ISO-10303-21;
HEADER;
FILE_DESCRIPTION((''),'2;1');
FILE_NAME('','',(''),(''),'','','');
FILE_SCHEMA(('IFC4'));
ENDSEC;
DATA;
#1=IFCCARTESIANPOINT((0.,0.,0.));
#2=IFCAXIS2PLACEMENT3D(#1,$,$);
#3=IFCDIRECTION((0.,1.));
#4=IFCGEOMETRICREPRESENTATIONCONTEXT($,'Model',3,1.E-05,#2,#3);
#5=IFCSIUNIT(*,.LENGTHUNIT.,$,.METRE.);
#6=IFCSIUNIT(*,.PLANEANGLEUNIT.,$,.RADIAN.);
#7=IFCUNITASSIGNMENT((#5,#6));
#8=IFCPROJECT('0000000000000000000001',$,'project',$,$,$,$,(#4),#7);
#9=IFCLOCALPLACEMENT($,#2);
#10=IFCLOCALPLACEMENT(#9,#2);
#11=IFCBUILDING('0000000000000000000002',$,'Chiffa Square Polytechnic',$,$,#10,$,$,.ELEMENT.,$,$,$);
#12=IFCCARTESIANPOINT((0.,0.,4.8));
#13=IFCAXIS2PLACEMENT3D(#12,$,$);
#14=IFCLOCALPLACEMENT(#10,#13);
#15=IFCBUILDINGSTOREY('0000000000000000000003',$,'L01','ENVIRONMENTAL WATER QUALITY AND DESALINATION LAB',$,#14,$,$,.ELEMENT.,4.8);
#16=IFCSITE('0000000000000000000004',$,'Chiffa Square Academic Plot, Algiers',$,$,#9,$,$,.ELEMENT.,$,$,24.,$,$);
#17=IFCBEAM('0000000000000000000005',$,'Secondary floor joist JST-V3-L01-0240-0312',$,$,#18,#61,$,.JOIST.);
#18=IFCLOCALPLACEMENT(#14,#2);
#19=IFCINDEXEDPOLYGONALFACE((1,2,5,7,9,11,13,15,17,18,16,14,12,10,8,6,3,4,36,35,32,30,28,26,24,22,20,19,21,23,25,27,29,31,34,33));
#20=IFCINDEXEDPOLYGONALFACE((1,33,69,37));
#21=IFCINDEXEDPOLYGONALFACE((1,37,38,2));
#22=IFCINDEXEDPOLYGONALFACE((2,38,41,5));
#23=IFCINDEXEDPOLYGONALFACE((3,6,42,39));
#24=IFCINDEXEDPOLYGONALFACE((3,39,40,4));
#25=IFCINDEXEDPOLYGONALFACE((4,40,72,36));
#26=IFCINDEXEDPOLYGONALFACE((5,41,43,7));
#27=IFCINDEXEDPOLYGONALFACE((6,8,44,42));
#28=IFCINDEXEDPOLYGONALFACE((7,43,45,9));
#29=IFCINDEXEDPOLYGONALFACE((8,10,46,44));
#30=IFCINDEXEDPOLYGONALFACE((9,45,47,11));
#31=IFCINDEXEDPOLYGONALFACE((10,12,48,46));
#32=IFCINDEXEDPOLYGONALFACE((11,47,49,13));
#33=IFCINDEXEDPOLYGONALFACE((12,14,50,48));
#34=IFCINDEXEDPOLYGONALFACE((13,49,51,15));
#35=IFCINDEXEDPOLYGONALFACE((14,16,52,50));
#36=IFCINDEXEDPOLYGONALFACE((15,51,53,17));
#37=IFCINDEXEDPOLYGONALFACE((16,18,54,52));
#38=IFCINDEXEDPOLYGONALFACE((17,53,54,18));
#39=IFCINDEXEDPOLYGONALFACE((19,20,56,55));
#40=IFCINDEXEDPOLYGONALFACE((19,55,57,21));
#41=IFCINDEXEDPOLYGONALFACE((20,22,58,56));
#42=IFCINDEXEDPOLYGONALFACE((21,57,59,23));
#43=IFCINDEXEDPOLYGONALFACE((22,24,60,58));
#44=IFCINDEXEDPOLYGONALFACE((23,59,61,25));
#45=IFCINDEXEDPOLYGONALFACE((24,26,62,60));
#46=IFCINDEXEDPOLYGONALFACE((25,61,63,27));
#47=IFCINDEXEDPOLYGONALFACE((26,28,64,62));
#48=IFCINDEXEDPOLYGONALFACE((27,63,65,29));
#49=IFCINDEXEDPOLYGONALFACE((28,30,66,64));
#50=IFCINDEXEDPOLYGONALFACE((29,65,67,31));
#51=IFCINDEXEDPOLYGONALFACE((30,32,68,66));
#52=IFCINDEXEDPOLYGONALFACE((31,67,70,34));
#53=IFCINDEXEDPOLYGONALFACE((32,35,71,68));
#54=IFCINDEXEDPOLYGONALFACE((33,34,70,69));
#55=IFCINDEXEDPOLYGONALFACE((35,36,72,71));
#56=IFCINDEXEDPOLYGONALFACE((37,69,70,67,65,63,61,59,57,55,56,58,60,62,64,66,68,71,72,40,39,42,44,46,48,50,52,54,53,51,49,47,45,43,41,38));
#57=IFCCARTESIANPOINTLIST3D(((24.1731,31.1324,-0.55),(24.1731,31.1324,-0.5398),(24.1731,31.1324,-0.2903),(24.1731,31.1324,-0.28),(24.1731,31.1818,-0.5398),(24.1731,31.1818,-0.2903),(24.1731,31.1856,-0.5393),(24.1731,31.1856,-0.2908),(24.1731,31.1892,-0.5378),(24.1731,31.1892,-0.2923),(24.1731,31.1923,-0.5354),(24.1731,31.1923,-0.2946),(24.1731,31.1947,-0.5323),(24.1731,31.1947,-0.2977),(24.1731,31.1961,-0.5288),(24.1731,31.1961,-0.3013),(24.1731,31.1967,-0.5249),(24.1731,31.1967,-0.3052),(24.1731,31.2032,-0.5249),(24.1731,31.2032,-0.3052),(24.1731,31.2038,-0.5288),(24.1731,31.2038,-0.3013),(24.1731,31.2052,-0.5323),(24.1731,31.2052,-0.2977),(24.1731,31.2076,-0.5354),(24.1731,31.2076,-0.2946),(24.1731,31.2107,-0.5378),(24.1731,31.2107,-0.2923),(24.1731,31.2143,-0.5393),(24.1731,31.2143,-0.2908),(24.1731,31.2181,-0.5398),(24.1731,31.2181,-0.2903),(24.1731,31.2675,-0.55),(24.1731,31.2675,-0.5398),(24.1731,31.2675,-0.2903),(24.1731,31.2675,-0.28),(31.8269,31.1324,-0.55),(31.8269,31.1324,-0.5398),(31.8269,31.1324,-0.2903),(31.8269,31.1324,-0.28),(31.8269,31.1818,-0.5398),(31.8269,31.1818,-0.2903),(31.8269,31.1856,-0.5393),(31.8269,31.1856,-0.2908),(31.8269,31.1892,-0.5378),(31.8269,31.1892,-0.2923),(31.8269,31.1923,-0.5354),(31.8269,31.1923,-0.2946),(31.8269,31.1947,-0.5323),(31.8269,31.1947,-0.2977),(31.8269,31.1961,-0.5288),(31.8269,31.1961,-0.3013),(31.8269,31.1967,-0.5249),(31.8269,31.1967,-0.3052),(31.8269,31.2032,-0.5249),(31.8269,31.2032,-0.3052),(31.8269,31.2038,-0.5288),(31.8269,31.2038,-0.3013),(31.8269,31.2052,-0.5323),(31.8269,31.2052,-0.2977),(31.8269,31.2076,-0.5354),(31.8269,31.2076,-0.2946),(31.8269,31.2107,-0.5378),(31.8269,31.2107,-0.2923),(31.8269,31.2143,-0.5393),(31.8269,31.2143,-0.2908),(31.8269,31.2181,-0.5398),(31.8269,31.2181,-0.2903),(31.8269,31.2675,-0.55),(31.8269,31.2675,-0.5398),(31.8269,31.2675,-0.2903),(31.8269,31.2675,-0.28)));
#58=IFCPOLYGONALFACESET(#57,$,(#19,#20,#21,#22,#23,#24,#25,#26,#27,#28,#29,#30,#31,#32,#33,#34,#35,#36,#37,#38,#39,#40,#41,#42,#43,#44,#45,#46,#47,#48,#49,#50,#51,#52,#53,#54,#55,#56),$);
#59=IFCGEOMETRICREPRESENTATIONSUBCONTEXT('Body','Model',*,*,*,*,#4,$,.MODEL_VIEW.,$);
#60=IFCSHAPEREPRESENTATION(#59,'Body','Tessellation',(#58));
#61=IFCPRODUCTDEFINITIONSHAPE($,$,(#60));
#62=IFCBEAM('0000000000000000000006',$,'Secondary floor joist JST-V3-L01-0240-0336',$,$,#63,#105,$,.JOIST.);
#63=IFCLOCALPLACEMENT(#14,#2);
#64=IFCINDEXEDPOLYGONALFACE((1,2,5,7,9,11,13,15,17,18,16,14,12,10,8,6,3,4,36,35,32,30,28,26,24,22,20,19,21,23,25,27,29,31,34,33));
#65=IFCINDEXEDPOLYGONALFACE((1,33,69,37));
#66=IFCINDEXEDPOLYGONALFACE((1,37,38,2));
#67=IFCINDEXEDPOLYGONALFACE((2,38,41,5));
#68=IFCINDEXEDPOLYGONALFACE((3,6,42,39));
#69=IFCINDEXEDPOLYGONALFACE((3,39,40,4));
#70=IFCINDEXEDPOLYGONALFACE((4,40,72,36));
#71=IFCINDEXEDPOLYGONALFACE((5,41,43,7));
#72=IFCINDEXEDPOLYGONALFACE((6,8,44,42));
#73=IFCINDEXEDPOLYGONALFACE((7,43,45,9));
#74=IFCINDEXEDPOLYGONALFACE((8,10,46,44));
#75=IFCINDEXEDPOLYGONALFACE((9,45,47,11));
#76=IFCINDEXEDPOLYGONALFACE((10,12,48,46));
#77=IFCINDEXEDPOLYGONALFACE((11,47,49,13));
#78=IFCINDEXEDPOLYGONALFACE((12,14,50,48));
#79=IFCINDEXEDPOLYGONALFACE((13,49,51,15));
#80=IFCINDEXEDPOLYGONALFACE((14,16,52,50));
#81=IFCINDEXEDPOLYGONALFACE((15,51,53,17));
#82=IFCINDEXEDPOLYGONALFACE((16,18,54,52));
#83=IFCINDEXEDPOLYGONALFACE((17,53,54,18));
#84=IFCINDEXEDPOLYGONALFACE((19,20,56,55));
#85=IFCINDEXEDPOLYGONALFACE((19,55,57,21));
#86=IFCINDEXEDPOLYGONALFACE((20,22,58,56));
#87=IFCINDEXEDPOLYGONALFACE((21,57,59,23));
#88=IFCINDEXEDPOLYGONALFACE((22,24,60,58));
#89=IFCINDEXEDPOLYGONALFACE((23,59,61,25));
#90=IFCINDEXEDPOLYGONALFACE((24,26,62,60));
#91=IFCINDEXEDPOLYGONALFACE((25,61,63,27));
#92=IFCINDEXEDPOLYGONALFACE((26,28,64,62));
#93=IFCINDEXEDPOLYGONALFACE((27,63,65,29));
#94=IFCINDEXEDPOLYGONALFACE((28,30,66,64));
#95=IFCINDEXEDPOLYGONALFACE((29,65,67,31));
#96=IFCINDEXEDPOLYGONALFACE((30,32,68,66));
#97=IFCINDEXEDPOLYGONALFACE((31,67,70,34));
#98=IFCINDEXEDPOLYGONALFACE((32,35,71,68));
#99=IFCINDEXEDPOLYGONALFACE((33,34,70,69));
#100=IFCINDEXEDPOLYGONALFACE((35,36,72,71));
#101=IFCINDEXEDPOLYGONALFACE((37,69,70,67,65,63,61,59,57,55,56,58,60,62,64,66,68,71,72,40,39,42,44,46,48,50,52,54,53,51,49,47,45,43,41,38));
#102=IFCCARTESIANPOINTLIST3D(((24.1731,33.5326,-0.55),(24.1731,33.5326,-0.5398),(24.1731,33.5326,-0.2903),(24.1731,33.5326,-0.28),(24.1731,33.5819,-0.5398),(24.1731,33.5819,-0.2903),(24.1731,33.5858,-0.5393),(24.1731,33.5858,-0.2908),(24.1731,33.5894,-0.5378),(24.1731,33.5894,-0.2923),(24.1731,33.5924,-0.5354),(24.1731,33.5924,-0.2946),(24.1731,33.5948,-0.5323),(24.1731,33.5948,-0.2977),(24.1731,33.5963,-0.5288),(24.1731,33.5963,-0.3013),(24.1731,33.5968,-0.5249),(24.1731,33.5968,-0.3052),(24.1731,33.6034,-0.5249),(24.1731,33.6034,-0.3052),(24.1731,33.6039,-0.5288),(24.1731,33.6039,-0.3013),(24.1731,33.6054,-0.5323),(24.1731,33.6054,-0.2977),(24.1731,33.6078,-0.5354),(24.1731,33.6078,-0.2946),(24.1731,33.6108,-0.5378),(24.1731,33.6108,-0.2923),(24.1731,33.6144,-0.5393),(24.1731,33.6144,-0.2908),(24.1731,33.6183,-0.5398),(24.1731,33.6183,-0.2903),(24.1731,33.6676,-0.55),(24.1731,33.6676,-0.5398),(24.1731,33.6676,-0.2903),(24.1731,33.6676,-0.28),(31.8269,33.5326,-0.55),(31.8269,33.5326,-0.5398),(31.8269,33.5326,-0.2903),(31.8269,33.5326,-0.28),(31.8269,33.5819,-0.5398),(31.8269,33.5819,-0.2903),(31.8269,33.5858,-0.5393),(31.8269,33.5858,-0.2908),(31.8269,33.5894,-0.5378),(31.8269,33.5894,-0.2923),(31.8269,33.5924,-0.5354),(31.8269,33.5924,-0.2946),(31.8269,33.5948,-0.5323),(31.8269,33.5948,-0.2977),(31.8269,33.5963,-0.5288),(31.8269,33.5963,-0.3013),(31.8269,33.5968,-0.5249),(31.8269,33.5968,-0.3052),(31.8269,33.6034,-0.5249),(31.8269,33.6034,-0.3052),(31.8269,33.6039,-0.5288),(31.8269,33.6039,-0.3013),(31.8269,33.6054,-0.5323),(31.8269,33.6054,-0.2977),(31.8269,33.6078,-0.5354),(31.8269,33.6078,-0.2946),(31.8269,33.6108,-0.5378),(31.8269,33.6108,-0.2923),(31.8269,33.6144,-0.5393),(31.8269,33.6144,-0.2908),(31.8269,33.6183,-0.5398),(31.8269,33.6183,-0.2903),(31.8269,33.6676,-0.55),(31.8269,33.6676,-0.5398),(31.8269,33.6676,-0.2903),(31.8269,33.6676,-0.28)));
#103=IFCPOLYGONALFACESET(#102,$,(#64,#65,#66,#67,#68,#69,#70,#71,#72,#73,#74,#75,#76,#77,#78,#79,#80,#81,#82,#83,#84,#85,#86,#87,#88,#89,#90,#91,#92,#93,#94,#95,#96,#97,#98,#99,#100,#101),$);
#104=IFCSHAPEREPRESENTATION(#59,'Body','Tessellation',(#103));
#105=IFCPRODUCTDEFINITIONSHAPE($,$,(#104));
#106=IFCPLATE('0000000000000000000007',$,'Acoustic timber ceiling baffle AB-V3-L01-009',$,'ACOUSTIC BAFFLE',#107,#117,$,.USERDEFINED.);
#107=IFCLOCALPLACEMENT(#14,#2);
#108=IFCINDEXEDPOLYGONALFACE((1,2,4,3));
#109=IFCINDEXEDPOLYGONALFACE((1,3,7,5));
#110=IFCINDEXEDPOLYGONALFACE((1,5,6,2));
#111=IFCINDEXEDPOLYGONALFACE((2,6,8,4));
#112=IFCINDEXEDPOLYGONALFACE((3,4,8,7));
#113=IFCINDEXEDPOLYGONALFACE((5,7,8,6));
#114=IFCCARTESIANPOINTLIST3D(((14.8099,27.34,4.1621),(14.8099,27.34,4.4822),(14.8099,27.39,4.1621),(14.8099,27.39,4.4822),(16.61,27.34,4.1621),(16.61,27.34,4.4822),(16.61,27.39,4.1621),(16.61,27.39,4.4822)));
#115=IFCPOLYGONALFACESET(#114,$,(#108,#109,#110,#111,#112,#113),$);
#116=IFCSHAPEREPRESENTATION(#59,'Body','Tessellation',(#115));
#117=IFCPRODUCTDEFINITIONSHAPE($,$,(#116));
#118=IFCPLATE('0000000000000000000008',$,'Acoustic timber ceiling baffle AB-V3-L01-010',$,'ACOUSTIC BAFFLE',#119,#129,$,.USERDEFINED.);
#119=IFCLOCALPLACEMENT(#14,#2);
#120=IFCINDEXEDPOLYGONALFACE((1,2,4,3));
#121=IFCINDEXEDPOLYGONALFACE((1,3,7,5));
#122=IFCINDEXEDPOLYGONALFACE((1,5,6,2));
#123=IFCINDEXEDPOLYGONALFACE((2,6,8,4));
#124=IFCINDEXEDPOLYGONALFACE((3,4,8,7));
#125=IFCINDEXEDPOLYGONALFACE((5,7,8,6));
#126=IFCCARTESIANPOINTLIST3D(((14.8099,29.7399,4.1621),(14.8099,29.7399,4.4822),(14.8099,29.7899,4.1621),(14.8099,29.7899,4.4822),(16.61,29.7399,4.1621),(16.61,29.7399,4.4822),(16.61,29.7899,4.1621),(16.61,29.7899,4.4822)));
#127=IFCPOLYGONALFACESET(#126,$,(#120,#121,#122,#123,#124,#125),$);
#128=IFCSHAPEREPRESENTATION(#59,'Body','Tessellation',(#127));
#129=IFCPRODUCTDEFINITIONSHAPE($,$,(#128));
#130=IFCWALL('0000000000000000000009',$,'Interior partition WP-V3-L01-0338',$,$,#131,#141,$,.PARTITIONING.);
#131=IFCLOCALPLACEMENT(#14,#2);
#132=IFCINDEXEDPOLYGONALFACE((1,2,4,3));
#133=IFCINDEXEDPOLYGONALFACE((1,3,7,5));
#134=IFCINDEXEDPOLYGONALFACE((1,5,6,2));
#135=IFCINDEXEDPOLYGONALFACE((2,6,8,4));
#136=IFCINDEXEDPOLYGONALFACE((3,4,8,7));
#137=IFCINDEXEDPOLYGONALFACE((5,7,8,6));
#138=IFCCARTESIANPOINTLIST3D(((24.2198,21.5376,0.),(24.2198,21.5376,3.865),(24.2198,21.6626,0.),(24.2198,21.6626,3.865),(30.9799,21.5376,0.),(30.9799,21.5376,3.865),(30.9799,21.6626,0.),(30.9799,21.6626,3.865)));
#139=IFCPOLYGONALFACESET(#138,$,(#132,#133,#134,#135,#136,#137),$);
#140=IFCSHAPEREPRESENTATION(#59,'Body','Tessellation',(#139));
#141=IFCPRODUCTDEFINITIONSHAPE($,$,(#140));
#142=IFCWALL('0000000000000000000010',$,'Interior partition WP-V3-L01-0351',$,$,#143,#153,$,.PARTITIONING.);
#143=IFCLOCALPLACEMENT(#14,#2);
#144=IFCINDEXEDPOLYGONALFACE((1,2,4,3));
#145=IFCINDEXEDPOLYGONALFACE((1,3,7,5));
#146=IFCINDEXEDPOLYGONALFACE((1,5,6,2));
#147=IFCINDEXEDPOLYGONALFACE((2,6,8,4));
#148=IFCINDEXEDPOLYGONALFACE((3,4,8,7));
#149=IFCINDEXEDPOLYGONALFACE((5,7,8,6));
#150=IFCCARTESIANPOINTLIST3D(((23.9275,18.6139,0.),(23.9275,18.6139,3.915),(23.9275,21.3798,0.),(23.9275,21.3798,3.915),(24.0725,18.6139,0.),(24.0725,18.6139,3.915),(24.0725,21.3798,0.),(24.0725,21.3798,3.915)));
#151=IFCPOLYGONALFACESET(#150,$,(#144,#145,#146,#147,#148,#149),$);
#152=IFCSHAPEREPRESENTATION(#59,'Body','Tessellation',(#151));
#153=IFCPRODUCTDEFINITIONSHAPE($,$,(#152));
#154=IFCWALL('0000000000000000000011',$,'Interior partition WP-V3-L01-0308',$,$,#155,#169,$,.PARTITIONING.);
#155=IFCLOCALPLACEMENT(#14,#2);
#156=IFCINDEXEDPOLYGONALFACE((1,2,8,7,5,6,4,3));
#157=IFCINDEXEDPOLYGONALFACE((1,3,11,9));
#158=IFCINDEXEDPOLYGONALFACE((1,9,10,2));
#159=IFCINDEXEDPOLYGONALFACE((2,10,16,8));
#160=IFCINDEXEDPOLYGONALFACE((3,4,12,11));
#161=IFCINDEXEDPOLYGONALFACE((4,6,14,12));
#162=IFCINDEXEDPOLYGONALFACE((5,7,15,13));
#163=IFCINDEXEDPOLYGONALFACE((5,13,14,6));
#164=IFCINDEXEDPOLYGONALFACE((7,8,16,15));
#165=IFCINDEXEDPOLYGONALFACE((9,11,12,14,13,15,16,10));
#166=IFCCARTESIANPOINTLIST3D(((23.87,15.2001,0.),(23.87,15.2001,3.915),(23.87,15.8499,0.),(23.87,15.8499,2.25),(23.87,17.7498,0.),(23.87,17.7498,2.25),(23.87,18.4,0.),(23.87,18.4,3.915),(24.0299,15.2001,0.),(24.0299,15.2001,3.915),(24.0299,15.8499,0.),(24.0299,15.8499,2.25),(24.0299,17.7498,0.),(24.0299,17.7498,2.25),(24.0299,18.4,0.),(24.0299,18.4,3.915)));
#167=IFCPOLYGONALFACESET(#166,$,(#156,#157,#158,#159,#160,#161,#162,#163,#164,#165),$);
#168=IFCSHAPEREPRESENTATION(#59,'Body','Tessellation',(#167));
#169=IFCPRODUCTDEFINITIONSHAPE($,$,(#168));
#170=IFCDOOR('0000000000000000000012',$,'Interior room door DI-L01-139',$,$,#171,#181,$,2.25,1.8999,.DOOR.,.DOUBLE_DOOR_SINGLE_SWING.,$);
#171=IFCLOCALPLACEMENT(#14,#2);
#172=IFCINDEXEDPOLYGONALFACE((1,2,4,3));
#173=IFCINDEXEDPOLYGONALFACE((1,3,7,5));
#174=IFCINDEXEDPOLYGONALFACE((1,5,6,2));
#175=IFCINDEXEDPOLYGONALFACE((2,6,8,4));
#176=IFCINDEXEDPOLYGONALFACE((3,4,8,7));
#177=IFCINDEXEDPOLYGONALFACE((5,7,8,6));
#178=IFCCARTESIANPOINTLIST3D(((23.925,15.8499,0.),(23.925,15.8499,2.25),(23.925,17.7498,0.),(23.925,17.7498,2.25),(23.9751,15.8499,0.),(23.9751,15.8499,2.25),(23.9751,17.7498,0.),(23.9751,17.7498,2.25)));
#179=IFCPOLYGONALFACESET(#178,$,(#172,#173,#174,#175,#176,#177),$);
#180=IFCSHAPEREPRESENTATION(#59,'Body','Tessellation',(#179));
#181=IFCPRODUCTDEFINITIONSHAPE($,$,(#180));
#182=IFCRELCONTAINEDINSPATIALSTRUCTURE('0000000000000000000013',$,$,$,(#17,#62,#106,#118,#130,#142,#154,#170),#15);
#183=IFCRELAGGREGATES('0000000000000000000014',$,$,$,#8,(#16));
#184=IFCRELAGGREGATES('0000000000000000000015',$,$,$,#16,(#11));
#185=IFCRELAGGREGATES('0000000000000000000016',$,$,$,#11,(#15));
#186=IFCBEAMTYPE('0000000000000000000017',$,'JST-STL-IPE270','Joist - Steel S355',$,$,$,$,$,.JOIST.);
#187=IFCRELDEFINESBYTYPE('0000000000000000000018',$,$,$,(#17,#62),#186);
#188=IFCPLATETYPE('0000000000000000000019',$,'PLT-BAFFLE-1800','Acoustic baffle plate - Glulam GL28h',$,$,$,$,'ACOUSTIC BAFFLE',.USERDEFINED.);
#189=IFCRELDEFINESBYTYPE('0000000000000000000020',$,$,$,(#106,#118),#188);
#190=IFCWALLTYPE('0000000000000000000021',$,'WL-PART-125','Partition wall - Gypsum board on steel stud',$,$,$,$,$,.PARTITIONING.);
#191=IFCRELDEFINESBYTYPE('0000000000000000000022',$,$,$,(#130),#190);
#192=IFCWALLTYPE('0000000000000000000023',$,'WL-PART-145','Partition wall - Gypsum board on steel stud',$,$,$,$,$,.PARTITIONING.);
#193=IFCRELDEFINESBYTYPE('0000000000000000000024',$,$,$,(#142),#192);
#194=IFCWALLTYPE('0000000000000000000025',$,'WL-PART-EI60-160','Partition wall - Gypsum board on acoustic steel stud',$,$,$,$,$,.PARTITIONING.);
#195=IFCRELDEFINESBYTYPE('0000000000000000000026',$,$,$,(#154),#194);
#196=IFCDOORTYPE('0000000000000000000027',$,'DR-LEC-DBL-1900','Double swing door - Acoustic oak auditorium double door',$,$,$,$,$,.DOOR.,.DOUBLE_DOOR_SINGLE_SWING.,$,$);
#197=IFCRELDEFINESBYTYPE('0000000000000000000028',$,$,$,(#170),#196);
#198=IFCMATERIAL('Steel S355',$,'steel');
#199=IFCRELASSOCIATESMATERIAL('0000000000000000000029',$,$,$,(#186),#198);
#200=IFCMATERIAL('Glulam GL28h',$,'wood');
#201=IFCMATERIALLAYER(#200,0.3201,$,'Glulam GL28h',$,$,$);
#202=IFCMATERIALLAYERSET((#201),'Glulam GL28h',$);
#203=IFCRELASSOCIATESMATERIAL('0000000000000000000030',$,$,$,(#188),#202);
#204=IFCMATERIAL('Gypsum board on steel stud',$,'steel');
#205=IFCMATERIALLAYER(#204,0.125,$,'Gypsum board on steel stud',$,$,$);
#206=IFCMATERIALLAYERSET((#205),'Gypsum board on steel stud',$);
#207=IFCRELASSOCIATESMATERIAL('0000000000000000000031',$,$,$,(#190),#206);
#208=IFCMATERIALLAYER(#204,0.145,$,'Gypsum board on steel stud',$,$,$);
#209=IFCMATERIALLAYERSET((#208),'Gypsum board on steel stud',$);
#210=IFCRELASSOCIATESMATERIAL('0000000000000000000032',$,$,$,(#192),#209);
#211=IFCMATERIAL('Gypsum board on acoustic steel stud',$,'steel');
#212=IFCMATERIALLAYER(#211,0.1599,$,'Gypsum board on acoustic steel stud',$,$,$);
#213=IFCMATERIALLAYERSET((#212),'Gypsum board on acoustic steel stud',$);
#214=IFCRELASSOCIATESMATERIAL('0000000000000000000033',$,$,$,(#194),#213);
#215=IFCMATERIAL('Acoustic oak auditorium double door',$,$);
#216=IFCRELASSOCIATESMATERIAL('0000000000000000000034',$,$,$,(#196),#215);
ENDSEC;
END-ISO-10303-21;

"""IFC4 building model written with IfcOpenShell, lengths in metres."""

from ifc_helpers import new_model, si_unit, direction, frame, frame_2d, origin, origin_2d, place, context, subcontext, project, spatial, rectangle, i_section, extrude, material, layer, layer_set, material_profile, profile_set, type_object, element, fill, save


model = new_model("IFC4")

# Units and contexts
model_context = context("Model", 3, precision=1e-05, world=origin(), true_north=direction((0.0, 1.0)))
body_context = subcontext(model_context, "Body", "Model", "MODEL_VIEW")
ifc_project = project(units=[si_unit("LENGTHUNIT", "METRE"), si_unit("PLANEANGLEUNIT", "RADIAN")], contexts=[model_context])

# Site, building, storey
site_placement = place(None, origin())
site = spatial("IfcSite", under=ifc_project, at=site_placement, Name="Chiffa Square Academic Plot, Algiers", CompositionType="ELEMENT", RefElevation=24.0)
building_placement = place(site_placement, origin())
building = spatial("IfcBuilding", under=site, at=building_placement, Name="Chiffa Square Polytechnic", CompositionType="ELEMENT")
storey_placement = place(building_placement, frame((0.0, 0.0, 4.8)))
storey = spatial("IfcBuildingStorey", under=building, at=storey_placement, Name="L01", Description="ENVIRONMENTAL WATER QUALITY AND DESALINATION LAB", CompositionType="ELEMENT", Elevation=4.8)

# Beams
ifc_material_1 = material(Name="Glulam GL28h", Category="wood")
ifc_material_2 = material(Name="Steel S355", Category="steel")
ifc_material_profile_1 = material_profile(ifc_material_2, i_section(OverallWidth=0.135, OverallDepth=0.27, WebThickness=0.0066, FlangeThickness=0.0103, FilletRadius=0.0149, at=origin_2d()), Name="IPE 270")
ifc_profile_set_1 = profile_set([ifc_material_profile_1], Name="Steel S355")
beam_type_1 = type_object("IfcBeamType", Name="JST-STL-IPE270", Description="Joist - Steel S355", PredefinedType="JOIST", material=ifc_profile_set_1)
for number, where, z_axis, x_axis, name in (
    (1, (24.1731, 31.2, -0.415), (1.0, 0.0, 0.0), (0.0, 1.0, 0.0), "Secondary floor joist JST-V3-L01-0240-0312"),
    (2, (24.1731, 33.6001, -0.415), (1.0, 0.0, 0.0), (0.0, 1.0, 0.0), "Secondary floor joist JST-V3-L01-0240-0336"),
):
    element("IfcBeam", number, at=place(storey_placement, frame(where, z_axis=z_axis, x_axis=x_axis)), inside=storey, type_object=beam_type_1, Name=name, PredefinedType="JOIST", context=body_context, shape_type="SweptSolid", body=[
        extrude(i_section(OverallWidth=0.135, OverallDepth=0.27, WebThickness=0.0066, FlangeThickness=0.0103, FilletRadius=0.0149, at=origin_2d()), origin(), (0.0, 0.0, 1.0), 7.6538),
    ])

# Plates
ifc_layer_1 = layer(ifc_material_1, 0.3201, Name="Glulam GL28h")
ifc_layer_set_1 = layer_set([ifc_layer_1], Name="Glulam GL28h")
plate_type = type_object("IfcPlateType", Name="PLT-BAFFLE-1800", Description="Acoustic baffle plate - Glulam GL28h", ElementType="ACOUSTIC BAFFLE", PredefinedType="USERDEFINED", material=ifc_layer_set_1)
for number, where, z_axis, x_axis, name in (
    (3, (15.71, 27.365, 4.1621), (0.0, 0.0, 1.0), (1.0, 0.0, 0.0), "Acoustic timber ceiling baffle AB-V3-L01-009"),
    (4, (15.71, 29.7649, 4.1621), (0.0, 0.0, 1.0), (1.0, 0.0, 0.0), "Acoustic timber ceiling baffle AB-V3-L01-010"),
):
    element("IfcPlate", number, at=place(storey_placement, frame(where, z_axis=z_axis, x_axis=x_axis)), inside=storey, type_object=plate_type, Name=name, ObjectType="ACOUSTIC BAFFLE", PredefinedType="USERDEFINED", context=body_context, shape_type="SweptSolid", body=[
        extrude(rectangle(XDim=1.8, YDim=0.05, at=origin_2d()), origin(), (0.0, 0.0, 1.0), 0.3201),
    ])

# Walls
ifc_material_3 = material(Name="Gypsum board on steel stud", Category="steel")
ifc_layer_2 = layer(ifc_material_3, 0.125, Name="Gypsum board on steel stud")
ifc_layer_set_2 = layer_set([ifc_layer_2], Name="Gypsum board on steel stud")
wall_type_1 = type_object("IfcWallType", Name="WL-PART-125", Description="Partition wall - Gypsum board on steel stud", PredefinedType="PARTITIONING", material=ifc_layer_set_2)
wall_1_placement = place(storey_placement, frame((24.22, 21.6001, 0.0), z_axis=(0.0, 0.0, 1.0), x_axis=(1.0, 0.0, 0.0)))
element("IfcWall", 5, at=wall_1_placement, inside=storey, type_object=wall_type_1, Name="Interior partition WP-V3-L01-0338", PredefinedType="PARTITIONING", context=body_context, shape_type="SweptSolid", body=[
    extrude(rectangle(XDim=6.76, YDim=0.125, at=frame_2d((3.3799, 0.0))), origin(), (0.0, 0.0, 1.0), 3.865),
])
ifc_layer_3 = layer(ifc_material_3, 0.145, Name="Gypsum board on steel stud")
ifc_layer_set_3 = layer_set([ifc_layer_3], Name="Gypsum board on steel stud")
wall_type_2 = type_object("IfcWallType", Name="WL-PART-145", Description="Partition wall - Gypsum board on steel stud", PredefinedType="PARTITIONING", material=ifc_layer_set_3)
wall_2_placement = place(storey_placement, frame((24.0, 18.614, 0.0), z_axis=(0.0, 0.0, 1.0), x_axis=(0.0, 1.0, 0.0)))
element("IfcWall", 6, at=wall_2_placement, inside=storey, type_object=wall_type_2, Name="Interior partition WP-V3-L01-0351", PredefinedType="PARTITIONING", context=body_context, shape_type="SweptSolid", body=[
    extrude(rectangle(XDim=2.7659, YDim=0.145, at=frame_2d((1.3828, 0.0))), origin(), (0.0, 0.0, 1.0), 3.915),
])

# Wall, opening, door
ifc_material_4 = material(Name="Gypsum board on acoustic steel stud", Category="steel")
ifc_layer_4 = layer(ifc_material_4, 0.1599, Name="Gypsum board on acoustic steel stud")
ifc_layer_set_4 = layer_set([ifc_layer_4], Name="Gypsum board on acoustic steel stud")
wall_type_3 = type_object("IfcWallType", Name="WL-PART-EI60-160", Description="Partition wall - Gypsum board on acoustic steel stud", PredefinedType="PARTITIONING", material=ifc_layer_set_4)
wall_3_placement = place(storey_placement, frame((23.95, 15.2, 0.0), z_axis=(0.0, 0.0, 1.0), x_axis=(0.0, 1.0, 0.0)))
wall_3 = element("IfcWall", 7, at=wall_3_placement, inside=storey, type_object=wall_type_3, Name="Interior partition WP-V3-L01-0308", PredefinedType="PARTITIONING", context=body_context, shape_type="SweptSolid", body=[
    extrude(rectangle(XDim=3.2, YDim=0.1599, at=frame_2d((1.6001, 0.0))), origin(), (0.0, 0.0, 1.0), 3.915),
])
opening_placement = place(wall_3_placement, frame((0.6499, 0.0, 0.0)))
opening = element("IfcOpeningElement", 8, at=opening_placement, cuts=wall_3, PredefinedType="OPENING", context=body_context, shape_type="SweptSolid", body=[
    extrude(rectangle(XDim=1.8999, YDim=2.25, at=frame_2d((0.95, 1.125))), frame((0.0, 0.0898, 0.0), z_axis=(0.0, -1.0, 0.0), x_axis=(1.0, 0.0, 0.0)), (0.0, 0.0, 1.0), 0.1799),
])
ifc_material_5 = material(Name="Acoustic oak auditorium double door")
door_type = type_object("IfcDoorType", Name="DR-LEC-DBL-1900", Description="Double swing door - Acoustic oak auditorium double door", OperationType="DOUBLE_DOOR_SINGLE_SWING", PredefinedType="DOOR", material=ifc_material_5)
door_placement = place(opening_placement, origin())
door = element("IfcDoor", 9, at=door_placement, inside=storey, type_object=door_type, Name="Interior room door DI-L01-139", OperationType="DOUBLE_DOOR_SINGLE_SWING", OverallHeight=2.25, OverallWidth=1.8999, PredefinedType="DOOR", context=body_context, shape_type="SweptSolid", body=[
    extrude(rectangle(XDim=1.8999, YDim=2.25, at=frame_2d((0.95, 1.125))), frame((0.0, 0.0249, 0.0), z_axis=(0.0, -1.0, 0.0), x_axis=(1.0, 0.0, 0.0)), (0.0, 0.0, 1.0), 0.05),
])
fill(opening, door)

save(model, "model.ifc")
